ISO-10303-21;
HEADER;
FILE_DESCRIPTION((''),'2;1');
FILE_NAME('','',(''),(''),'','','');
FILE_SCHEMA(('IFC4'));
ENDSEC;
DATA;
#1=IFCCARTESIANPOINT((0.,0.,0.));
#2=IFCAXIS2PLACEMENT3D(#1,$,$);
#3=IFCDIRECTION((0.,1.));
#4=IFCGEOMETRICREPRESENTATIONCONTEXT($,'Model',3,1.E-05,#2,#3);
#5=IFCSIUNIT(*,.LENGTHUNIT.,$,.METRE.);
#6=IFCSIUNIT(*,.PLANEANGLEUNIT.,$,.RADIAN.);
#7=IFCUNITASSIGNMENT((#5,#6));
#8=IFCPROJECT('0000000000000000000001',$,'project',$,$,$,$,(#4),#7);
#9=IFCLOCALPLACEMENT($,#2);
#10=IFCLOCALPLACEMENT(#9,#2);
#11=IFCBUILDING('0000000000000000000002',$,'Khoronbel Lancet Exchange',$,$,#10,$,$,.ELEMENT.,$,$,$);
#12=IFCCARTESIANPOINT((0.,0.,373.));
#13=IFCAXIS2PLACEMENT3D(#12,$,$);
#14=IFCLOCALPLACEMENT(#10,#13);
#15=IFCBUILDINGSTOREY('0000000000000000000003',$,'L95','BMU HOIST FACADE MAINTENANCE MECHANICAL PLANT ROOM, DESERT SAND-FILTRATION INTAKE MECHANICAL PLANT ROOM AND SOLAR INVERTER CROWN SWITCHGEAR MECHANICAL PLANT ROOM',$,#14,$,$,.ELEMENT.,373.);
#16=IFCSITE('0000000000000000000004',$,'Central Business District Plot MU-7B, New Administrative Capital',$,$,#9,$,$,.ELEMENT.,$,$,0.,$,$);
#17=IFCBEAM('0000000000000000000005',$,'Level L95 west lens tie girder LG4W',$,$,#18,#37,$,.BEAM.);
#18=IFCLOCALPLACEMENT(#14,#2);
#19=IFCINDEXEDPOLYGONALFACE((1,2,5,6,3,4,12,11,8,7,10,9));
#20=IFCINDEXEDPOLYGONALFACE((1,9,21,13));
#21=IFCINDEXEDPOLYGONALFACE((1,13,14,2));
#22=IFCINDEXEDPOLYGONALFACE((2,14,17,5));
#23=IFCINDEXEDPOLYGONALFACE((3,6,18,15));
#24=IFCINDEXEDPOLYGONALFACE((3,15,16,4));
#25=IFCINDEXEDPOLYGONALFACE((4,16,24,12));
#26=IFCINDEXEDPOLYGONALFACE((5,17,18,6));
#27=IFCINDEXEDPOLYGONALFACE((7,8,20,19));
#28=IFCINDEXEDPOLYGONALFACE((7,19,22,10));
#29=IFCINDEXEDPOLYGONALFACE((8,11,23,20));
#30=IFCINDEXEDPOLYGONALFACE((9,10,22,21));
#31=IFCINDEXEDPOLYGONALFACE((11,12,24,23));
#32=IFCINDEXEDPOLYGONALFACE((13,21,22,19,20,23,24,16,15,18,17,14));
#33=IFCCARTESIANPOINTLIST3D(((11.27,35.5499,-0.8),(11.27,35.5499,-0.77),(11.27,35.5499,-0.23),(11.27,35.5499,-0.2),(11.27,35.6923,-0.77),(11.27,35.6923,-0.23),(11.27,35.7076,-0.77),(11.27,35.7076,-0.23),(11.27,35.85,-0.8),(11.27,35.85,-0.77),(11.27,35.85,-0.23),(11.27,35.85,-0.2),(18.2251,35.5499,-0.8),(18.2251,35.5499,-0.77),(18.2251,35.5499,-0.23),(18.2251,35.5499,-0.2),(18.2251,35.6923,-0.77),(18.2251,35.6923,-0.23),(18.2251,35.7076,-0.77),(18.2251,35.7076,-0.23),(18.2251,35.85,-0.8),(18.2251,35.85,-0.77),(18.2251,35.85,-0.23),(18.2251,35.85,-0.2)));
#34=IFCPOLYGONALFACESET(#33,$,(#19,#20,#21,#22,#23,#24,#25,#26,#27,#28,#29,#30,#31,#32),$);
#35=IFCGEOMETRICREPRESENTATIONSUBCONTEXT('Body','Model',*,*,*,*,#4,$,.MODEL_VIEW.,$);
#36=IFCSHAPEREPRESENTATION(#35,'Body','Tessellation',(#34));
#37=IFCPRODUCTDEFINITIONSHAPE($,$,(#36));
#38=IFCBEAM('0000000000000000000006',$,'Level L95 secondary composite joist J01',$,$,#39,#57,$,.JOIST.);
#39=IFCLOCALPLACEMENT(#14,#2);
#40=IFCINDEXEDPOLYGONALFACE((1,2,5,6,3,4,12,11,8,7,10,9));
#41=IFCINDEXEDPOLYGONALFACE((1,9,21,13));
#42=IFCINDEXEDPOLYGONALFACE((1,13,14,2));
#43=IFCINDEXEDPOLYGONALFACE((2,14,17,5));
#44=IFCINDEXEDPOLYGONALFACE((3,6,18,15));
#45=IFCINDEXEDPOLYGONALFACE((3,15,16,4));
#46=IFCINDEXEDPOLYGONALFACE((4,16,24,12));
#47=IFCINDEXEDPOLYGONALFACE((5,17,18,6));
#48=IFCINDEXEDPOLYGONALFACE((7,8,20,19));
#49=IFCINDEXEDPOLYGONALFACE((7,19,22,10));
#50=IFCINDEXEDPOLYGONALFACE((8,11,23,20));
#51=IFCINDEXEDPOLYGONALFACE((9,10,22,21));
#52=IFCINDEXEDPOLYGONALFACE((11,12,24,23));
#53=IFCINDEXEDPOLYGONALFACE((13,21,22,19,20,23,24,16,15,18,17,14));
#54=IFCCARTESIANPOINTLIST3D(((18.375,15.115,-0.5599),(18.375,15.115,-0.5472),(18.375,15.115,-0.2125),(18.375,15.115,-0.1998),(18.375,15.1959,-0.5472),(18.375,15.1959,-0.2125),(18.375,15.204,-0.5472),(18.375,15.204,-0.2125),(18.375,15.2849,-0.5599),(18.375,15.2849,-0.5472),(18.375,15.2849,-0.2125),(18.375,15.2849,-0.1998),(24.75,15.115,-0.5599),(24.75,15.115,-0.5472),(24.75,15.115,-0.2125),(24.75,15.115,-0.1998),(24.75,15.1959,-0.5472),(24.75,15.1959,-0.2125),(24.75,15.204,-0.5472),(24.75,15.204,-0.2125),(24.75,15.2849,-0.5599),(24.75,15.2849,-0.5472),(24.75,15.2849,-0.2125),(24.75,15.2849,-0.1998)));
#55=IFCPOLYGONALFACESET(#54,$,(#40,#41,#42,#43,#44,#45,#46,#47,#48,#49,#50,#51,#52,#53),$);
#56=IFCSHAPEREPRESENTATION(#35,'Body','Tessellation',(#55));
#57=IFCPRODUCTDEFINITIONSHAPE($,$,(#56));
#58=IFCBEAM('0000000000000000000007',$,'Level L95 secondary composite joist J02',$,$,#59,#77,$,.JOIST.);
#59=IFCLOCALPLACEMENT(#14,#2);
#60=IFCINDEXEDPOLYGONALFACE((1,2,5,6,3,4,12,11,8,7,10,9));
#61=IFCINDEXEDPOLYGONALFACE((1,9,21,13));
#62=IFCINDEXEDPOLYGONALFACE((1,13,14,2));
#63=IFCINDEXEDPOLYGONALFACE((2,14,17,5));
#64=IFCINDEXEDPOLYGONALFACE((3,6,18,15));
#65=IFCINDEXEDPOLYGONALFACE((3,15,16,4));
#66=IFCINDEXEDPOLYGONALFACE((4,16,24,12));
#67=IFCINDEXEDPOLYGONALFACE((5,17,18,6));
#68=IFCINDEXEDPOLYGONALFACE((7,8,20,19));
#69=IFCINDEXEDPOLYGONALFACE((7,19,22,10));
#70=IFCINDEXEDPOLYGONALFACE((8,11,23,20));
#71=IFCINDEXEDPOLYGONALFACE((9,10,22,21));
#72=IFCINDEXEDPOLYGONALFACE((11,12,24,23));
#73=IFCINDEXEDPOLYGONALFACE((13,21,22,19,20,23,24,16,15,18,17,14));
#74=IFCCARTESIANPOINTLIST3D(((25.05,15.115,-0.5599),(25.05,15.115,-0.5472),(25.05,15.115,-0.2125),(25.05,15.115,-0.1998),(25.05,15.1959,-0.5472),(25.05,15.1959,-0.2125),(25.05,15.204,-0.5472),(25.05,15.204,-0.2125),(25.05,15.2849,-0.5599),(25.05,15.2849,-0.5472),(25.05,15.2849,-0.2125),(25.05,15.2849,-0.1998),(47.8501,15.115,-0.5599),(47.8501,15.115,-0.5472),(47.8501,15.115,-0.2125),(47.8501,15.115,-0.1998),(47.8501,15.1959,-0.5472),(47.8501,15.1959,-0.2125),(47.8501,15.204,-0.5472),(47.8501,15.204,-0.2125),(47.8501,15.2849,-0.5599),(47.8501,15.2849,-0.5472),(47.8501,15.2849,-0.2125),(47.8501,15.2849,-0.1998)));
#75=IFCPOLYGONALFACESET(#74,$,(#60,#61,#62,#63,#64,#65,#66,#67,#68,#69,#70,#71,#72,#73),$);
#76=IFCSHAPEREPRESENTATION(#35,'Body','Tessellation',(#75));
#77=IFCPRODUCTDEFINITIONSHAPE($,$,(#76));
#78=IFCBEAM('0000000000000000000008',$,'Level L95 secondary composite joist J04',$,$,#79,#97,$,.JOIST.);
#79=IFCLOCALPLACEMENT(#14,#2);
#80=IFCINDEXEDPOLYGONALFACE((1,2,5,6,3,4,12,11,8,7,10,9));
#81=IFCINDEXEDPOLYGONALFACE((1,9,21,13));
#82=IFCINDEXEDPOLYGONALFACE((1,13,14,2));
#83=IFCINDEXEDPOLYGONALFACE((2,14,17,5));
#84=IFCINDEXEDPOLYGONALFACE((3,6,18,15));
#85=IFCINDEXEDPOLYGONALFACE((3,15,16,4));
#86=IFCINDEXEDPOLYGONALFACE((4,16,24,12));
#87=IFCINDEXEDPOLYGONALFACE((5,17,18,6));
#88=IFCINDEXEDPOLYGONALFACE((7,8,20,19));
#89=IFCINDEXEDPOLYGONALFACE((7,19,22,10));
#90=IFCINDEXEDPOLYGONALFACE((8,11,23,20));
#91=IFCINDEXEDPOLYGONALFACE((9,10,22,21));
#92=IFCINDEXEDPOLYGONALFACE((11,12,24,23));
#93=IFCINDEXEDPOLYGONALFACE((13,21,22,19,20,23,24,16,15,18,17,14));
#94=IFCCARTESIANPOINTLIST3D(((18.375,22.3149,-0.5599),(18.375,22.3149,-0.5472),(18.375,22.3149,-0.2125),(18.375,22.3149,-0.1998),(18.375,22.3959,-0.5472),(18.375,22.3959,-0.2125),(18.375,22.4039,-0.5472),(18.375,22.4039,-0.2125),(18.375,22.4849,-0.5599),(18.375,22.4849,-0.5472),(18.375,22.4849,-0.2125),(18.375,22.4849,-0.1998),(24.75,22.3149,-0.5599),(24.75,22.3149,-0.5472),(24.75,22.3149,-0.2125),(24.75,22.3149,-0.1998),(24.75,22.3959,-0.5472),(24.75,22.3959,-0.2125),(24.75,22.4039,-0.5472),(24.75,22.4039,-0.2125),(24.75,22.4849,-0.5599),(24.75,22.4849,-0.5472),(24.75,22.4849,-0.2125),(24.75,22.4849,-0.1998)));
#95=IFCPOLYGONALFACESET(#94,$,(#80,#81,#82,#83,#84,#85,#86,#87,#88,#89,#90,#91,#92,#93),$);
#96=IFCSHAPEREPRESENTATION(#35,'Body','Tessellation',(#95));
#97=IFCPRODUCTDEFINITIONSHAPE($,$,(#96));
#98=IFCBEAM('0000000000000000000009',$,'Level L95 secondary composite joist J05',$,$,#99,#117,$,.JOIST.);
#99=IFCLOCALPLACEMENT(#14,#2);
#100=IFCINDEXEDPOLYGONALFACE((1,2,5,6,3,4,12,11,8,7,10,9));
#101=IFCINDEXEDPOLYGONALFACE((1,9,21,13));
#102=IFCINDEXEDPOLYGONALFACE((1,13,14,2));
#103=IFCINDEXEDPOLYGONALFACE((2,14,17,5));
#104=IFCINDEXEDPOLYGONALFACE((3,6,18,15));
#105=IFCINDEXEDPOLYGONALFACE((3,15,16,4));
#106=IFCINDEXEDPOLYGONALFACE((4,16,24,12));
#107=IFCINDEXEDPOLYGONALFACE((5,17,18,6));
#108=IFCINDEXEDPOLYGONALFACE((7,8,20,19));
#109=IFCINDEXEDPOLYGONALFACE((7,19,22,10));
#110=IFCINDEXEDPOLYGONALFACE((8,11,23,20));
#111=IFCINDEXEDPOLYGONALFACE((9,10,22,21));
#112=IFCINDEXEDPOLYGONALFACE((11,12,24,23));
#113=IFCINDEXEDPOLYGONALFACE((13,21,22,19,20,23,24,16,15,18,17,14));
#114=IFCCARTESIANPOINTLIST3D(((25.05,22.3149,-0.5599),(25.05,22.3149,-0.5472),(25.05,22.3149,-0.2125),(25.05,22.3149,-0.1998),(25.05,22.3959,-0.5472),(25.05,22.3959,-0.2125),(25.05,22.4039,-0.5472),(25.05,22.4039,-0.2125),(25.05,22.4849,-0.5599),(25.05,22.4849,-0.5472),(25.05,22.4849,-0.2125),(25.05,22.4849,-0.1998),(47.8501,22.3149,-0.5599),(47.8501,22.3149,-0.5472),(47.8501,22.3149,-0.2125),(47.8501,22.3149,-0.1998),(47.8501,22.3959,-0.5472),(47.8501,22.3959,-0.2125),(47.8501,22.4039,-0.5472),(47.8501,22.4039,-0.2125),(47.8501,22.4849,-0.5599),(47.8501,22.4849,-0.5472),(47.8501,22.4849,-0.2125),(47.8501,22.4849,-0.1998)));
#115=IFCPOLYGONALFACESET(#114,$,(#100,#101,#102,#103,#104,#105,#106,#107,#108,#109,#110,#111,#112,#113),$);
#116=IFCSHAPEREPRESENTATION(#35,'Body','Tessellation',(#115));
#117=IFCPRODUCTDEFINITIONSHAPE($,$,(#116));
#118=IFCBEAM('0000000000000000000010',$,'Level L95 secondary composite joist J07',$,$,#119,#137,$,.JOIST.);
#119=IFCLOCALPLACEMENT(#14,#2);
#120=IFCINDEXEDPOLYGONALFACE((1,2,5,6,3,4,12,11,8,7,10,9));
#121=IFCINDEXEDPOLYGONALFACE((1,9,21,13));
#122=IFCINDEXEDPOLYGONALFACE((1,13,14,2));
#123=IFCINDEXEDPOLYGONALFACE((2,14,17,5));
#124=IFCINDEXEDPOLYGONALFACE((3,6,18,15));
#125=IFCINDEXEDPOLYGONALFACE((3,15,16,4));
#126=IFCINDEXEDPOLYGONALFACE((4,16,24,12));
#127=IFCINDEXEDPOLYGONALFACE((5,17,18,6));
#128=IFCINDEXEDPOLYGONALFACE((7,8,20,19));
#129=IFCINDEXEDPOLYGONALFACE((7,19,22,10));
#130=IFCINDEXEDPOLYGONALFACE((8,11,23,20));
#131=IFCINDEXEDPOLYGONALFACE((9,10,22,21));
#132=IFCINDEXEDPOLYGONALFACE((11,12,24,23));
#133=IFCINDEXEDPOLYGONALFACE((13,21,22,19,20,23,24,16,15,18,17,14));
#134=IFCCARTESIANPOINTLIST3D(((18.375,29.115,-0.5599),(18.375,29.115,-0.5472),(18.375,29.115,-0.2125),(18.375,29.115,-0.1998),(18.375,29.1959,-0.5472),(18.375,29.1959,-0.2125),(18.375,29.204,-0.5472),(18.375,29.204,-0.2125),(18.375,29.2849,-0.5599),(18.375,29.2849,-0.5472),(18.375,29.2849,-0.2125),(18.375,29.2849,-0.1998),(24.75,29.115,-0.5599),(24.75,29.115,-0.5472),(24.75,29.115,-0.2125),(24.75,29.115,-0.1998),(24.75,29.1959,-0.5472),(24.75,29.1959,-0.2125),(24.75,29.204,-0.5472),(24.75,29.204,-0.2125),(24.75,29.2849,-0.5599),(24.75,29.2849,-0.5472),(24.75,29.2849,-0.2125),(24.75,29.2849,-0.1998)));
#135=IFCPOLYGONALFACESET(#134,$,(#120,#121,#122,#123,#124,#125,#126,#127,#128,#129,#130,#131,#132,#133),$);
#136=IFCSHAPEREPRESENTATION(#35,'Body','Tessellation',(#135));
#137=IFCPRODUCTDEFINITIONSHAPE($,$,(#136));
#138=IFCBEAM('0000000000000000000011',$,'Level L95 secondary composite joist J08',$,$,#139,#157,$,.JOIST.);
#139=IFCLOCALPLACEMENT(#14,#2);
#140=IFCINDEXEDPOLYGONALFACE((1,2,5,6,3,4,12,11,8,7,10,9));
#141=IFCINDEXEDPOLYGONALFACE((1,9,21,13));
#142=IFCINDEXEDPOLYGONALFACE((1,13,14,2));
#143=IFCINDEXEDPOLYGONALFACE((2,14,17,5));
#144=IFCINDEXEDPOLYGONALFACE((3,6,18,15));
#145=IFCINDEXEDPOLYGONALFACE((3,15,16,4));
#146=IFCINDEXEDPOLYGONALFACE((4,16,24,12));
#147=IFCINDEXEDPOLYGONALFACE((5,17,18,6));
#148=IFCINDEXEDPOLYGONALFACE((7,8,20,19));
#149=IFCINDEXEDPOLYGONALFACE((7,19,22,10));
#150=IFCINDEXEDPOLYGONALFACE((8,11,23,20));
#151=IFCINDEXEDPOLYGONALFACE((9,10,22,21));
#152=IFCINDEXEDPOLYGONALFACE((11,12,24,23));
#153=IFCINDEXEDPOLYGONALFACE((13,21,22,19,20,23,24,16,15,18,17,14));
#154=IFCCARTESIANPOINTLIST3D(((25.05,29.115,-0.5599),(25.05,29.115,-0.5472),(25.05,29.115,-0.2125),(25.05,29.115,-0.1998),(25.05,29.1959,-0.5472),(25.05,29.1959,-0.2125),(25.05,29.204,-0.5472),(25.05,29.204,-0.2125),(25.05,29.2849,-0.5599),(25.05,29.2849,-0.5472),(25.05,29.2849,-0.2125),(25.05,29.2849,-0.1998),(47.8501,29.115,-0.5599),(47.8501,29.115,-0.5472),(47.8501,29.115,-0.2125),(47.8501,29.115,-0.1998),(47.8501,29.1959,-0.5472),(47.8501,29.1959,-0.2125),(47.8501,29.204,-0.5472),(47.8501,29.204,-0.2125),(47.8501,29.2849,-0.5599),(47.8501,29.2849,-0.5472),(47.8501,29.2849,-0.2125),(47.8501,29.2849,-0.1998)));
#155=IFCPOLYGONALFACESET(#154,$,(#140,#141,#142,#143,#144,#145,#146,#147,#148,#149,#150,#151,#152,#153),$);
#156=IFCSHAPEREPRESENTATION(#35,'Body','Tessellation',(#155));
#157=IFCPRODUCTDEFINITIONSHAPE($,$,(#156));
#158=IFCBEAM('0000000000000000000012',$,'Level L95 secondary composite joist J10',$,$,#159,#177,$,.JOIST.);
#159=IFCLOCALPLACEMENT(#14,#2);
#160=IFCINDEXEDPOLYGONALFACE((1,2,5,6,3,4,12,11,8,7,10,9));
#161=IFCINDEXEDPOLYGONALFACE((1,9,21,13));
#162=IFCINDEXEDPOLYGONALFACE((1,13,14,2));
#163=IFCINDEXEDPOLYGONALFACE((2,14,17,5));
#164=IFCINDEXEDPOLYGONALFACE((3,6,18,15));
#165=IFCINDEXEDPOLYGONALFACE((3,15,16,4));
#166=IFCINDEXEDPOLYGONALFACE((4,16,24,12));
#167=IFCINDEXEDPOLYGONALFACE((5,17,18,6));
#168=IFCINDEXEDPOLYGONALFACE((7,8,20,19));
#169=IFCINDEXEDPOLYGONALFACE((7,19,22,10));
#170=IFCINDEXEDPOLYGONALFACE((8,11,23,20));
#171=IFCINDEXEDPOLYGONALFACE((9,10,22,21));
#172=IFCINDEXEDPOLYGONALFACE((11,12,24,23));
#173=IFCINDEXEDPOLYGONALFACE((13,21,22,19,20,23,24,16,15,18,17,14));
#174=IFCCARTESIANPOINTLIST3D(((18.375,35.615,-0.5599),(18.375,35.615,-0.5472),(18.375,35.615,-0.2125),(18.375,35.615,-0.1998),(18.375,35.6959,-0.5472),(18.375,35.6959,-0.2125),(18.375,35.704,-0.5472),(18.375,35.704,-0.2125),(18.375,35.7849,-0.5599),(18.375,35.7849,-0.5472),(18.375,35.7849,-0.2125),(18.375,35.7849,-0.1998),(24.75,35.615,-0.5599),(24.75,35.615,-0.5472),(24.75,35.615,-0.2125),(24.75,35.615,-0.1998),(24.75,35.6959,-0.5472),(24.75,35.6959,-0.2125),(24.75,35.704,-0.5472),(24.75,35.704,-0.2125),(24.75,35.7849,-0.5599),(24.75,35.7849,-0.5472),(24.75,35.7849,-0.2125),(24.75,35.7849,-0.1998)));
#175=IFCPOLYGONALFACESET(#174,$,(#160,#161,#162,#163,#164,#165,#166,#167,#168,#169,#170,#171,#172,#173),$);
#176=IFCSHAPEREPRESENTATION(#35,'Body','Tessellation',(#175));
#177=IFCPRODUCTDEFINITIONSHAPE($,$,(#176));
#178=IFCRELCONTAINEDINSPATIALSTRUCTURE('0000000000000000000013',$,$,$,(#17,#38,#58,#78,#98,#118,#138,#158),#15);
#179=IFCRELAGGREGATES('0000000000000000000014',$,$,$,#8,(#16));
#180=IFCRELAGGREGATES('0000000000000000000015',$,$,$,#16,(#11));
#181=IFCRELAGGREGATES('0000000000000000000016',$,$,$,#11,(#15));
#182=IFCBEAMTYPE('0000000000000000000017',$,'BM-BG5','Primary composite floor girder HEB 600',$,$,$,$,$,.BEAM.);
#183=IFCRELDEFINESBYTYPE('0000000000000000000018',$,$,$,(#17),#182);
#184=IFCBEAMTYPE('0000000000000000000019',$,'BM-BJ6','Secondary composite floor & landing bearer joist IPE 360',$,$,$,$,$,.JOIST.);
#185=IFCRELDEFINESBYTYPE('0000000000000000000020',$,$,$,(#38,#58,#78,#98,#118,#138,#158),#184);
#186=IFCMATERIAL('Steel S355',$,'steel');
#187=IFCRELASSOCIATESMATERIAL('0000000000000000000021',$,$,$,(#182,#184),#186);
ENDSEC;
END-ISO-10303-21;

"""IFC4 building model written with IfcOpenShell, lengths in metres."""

from ifc_helpers import new_model, si_unit, direction, frame, origin, origin_2d, place, context, subcontext, project, spatial, i_section, extrude, material, material_profile, profile_set, type_object, element, save


model = new_model("IFC4")

# Units and contexts
model_context = context("Model", 3, precision=1e-05, world=origin(), true_north=direction((0.0, 1.0)))
body_context = subcontext(model_context, "Body", "Model", "MODEL_VIEW")
ifc_project = project(units=[si_unit("LENGTHUNIT", "METRE"), si_unit("PLANEANGLEUNIT", "RADIAN")], contexts=[model_context])

# Site, building, storey
site_placement = place(None, origin())
site = spatial("IfcSite", under=ifc_project, at=site_placement, Name="Central Business District Plot MU-7B, New Administrative Capital", CompositionType="ELEMENT", RefElevation=0.0)
building_placement = place(site_placement, origin())
building = spatial("IfcBuilding", under=site, at=building_placement, Name="Khoronbel Lancet Exchange", CompositionType="ELEMENT")
storey_placement = place(building_placement, frame((0.0, 0.0, 373.0)))
storey = spatial("IfcBuildingStorey", under=building, at=storey_placement, Name="L95", Description="BMU HOIST FACADE MAINTENANCE MECHANICAL PLANT ROOM, DESERT SAND-FILTRATION INTAKE MECHANICAL PLANT ROOM AND SOLAR INVERTER CROWN SWITCHGEAR MECHANICAL PLANT ROOM", CompositionType="ELEMENT", Elevation=373.0)

# Shared definitions
ifc_material_1 = material(Name="Steel S355", Category="steel")

# Beams
ifc_material_profile_1 = material_profile(ifc_material_1, i_section(OverallWidth=0.3, OverallDepth=0.6001, WebThickness=0.0154, FlangeThickness=0.03, at=origin_2d()), Name="HEB 600")
ifc_profile_set_1 = profile_set([ifc_material_profile_1], Name="Steel S355")
beam_type_1 = type_object("IfcBeamType", Name="BM-BG5", Description="Primary composite floor girder HEB 600", PredefinedType="BEAM", material=ifc_profile_set_1)
for number, where, z_axis, x_axis, name in (
    (1, (11.27, 35.7, -0.5), (1.0, 0.0, 0.0), (0.0, 1.0, 0.0), "Level L95 west lens tie girder LG4W"),
):
    element("IfcBeam", number, at=place(storey_placement, frame(where, z_axis=z_axis, x_axis=x_axis)), inside=storey, type_object=beam_type_1, Name=name, PredefinedType="BEAM", context=body_context, shape_type="SweptSolid", body=[
        extrude(i_section(OverallWidth=0.3, OverallDepth=0.6001, WebThickness=0.0154, FlangeThickness=0.03, at=origin_2d()), origin(), (0.0, 0.0, 1.0), 6.9551),
    ])
ifc_material_profile_2 = material_profile(ifc_material_1, i_section(OverallWidth=0.1699, OverallDepth=0.3601, WebThickness=0.0081, FlangeThickness=0.0127, at=origin_2d()), Name="IPE 360")
ifc_profile_set_2 = profile_set([ifc_material_profile_2], Name="Steel S355")
beam_type_2 = type_object("IfcBeamType", Name="BM-BJ6", Description="Secondary composite floor & landing bearer joist IPE 360", PredefinedType="JOIST", material=ifc_profile_set_2)
beam_1_placement = place(storey_placement, frame((18.375, 15.2, -0.3799), z_axis=(1.0, 0.0, 0.0), x_axis=(0.0, 1.0, 0.0)))
element("IfcBeam", 2, at=beam_1_placement, inside=storey, type_object=beam_type_2, Name="Level L95 secondary composite joist J01", PredefinedType="JOIST", context=body_context, shape_type="SweptSolid", body=[
    extrude(i_section(OverallWidth=0.1699, OverallDepth=0.3601, WebThickness=0.0081, FlangeThickness=0.0127, at=origin_2d()), origin(), (0.0, 0.0, 1.0), 6.375),
])
beam_2_placement = place(storey_placement, frame((25.05, 15.2, -0.3799), z_axis=(1.0, 0.0, 0.0), x_axis=(0.0, 1.0, 0.0)))
element("IfcBeam", 3, at=beam_2_placement, inside=storey, type_object=beam_type_2, Name="Level L95 secondary composite joist J02", PredefinedType="JOIST", context=body_context, shape_type="SweptSolid", body=[
    extrude(i_section(OverallWidth=0.1699, OverallDepth=0.3601, WebThickness=0.0081, FlangeThickness=0.0127, at=origin_2d()), origin(), (0.0, 0.0, 1.0), 22.8),
])
beam_3_placement = place(storey_placement, frame((18.375, 22.3999, -0.3799), z_axis=(1.0, 0.0, 0.0), x_axis=(0.0, 1.0, 0.0)))
element("IfcBeam", 4, at=beam_3_placement, inside=storey, type_object=beam_type_2, Name="Level L95 secondary composite joist J04", PredefinedType="JOIST", context=body_context, shape_type="SweptSolid", body=[
    extrude(i_section(OverallWidth=0.1699, OverallDepth=0.3601, WebThickness=0.0081, FlangeThickness=0.0127, at=origin_2d()), origin(), (0.0, 0.0, 1.0), 6.375),
])
beam_4_placement = place(storey_placement, frame((25.05, 22.3999, -0.3799), z_axis=(1.0, 0.0, 0.0), x_axis=(0.0, 1.0, 0.0)))
element("IfcBeam", 5, at=beam_4_placement, inside=storey, type_object=beam_type_2, Name="Level L95 secondary composite joist J05", PredefinedType="JOIST", context=body_context, shape_type="SweptSolid", body=[
    extrude(i_section(OverallWidth=0.1699, OverallDepth=0.3601, WebThickness=0.0081, FlangeThickness=0.0127, at=origin_2d()), origin(), (0.0, 0.0, 1.0), 22.8),
])
beam_5_placement = place(storey_placement, frame((18.375, 29.2, -0.3799), z_axis=(1.0, 0.0, 0.0), x_axis=(0.0, 1.0, 0.0)))
element("IfcBeam", 6, at=beam_5_placement, inside=storey, type_object=beam_type_2, Name="Level L95 secondary composite joist J07", PredefinedType="JOIST", context=body_context, shape_type="SweptSolid", body=[
    extrude(i_section(OverallWidth=0.1699, OverallDepth=0.3601, WebThickness=0.0081, FlangeThickness=0.0127, at=origin_2d()), origin(), (0.0, 0.0, 1.0), 6.375),
])
beam_6_placement = place(storey_placement, frame((25.05, 29.2, -0.3799), z_axis=(1.0, 0.0, 0.0), x_axis=(0.0, 1.0, 0.0)))
element("IfcBeam", 7, at=beam_6_placement, inside=storey, type_object=beam_type_2, Name="Level L95 secondary composite joist J08", PredefinedType="JOIST", context=body_context, shape_type="SweptSolid", body=[
    extrude(i_section(OverallWidth=0.1699, OverallDepth=0.3601, WebThickness=0.0081, FlangeThickness=0.0127, at=origin_2d()), origin(), (0.0, 0.0, 1.0), 22.8),
])
beam_7_placement = place(storey_placement, frame((18.375, 35.7, -0.3799), z_axis=(1.0, 0.0, 0.0), x_axis=(0.0, 1.0, 0.0)))
element("IfcBeam", 8, at=beam_7_placement, inside=storey, type_object=beam_type_2, Name="Level L95 secondary composite joist J10", PredefinedType="JOIST", context=body_context, shape_type="SweptSolid", body=[
    extrude(i_section(OverallWidth=0.1699, OverallDepth=0.3601, WebThickness=0.0081, FlangeThickness=0.0127, at=origin_2d()), origin(), (0.0, 0.0, 1.0), 6.375),
])

save(model, "model.ifc")
